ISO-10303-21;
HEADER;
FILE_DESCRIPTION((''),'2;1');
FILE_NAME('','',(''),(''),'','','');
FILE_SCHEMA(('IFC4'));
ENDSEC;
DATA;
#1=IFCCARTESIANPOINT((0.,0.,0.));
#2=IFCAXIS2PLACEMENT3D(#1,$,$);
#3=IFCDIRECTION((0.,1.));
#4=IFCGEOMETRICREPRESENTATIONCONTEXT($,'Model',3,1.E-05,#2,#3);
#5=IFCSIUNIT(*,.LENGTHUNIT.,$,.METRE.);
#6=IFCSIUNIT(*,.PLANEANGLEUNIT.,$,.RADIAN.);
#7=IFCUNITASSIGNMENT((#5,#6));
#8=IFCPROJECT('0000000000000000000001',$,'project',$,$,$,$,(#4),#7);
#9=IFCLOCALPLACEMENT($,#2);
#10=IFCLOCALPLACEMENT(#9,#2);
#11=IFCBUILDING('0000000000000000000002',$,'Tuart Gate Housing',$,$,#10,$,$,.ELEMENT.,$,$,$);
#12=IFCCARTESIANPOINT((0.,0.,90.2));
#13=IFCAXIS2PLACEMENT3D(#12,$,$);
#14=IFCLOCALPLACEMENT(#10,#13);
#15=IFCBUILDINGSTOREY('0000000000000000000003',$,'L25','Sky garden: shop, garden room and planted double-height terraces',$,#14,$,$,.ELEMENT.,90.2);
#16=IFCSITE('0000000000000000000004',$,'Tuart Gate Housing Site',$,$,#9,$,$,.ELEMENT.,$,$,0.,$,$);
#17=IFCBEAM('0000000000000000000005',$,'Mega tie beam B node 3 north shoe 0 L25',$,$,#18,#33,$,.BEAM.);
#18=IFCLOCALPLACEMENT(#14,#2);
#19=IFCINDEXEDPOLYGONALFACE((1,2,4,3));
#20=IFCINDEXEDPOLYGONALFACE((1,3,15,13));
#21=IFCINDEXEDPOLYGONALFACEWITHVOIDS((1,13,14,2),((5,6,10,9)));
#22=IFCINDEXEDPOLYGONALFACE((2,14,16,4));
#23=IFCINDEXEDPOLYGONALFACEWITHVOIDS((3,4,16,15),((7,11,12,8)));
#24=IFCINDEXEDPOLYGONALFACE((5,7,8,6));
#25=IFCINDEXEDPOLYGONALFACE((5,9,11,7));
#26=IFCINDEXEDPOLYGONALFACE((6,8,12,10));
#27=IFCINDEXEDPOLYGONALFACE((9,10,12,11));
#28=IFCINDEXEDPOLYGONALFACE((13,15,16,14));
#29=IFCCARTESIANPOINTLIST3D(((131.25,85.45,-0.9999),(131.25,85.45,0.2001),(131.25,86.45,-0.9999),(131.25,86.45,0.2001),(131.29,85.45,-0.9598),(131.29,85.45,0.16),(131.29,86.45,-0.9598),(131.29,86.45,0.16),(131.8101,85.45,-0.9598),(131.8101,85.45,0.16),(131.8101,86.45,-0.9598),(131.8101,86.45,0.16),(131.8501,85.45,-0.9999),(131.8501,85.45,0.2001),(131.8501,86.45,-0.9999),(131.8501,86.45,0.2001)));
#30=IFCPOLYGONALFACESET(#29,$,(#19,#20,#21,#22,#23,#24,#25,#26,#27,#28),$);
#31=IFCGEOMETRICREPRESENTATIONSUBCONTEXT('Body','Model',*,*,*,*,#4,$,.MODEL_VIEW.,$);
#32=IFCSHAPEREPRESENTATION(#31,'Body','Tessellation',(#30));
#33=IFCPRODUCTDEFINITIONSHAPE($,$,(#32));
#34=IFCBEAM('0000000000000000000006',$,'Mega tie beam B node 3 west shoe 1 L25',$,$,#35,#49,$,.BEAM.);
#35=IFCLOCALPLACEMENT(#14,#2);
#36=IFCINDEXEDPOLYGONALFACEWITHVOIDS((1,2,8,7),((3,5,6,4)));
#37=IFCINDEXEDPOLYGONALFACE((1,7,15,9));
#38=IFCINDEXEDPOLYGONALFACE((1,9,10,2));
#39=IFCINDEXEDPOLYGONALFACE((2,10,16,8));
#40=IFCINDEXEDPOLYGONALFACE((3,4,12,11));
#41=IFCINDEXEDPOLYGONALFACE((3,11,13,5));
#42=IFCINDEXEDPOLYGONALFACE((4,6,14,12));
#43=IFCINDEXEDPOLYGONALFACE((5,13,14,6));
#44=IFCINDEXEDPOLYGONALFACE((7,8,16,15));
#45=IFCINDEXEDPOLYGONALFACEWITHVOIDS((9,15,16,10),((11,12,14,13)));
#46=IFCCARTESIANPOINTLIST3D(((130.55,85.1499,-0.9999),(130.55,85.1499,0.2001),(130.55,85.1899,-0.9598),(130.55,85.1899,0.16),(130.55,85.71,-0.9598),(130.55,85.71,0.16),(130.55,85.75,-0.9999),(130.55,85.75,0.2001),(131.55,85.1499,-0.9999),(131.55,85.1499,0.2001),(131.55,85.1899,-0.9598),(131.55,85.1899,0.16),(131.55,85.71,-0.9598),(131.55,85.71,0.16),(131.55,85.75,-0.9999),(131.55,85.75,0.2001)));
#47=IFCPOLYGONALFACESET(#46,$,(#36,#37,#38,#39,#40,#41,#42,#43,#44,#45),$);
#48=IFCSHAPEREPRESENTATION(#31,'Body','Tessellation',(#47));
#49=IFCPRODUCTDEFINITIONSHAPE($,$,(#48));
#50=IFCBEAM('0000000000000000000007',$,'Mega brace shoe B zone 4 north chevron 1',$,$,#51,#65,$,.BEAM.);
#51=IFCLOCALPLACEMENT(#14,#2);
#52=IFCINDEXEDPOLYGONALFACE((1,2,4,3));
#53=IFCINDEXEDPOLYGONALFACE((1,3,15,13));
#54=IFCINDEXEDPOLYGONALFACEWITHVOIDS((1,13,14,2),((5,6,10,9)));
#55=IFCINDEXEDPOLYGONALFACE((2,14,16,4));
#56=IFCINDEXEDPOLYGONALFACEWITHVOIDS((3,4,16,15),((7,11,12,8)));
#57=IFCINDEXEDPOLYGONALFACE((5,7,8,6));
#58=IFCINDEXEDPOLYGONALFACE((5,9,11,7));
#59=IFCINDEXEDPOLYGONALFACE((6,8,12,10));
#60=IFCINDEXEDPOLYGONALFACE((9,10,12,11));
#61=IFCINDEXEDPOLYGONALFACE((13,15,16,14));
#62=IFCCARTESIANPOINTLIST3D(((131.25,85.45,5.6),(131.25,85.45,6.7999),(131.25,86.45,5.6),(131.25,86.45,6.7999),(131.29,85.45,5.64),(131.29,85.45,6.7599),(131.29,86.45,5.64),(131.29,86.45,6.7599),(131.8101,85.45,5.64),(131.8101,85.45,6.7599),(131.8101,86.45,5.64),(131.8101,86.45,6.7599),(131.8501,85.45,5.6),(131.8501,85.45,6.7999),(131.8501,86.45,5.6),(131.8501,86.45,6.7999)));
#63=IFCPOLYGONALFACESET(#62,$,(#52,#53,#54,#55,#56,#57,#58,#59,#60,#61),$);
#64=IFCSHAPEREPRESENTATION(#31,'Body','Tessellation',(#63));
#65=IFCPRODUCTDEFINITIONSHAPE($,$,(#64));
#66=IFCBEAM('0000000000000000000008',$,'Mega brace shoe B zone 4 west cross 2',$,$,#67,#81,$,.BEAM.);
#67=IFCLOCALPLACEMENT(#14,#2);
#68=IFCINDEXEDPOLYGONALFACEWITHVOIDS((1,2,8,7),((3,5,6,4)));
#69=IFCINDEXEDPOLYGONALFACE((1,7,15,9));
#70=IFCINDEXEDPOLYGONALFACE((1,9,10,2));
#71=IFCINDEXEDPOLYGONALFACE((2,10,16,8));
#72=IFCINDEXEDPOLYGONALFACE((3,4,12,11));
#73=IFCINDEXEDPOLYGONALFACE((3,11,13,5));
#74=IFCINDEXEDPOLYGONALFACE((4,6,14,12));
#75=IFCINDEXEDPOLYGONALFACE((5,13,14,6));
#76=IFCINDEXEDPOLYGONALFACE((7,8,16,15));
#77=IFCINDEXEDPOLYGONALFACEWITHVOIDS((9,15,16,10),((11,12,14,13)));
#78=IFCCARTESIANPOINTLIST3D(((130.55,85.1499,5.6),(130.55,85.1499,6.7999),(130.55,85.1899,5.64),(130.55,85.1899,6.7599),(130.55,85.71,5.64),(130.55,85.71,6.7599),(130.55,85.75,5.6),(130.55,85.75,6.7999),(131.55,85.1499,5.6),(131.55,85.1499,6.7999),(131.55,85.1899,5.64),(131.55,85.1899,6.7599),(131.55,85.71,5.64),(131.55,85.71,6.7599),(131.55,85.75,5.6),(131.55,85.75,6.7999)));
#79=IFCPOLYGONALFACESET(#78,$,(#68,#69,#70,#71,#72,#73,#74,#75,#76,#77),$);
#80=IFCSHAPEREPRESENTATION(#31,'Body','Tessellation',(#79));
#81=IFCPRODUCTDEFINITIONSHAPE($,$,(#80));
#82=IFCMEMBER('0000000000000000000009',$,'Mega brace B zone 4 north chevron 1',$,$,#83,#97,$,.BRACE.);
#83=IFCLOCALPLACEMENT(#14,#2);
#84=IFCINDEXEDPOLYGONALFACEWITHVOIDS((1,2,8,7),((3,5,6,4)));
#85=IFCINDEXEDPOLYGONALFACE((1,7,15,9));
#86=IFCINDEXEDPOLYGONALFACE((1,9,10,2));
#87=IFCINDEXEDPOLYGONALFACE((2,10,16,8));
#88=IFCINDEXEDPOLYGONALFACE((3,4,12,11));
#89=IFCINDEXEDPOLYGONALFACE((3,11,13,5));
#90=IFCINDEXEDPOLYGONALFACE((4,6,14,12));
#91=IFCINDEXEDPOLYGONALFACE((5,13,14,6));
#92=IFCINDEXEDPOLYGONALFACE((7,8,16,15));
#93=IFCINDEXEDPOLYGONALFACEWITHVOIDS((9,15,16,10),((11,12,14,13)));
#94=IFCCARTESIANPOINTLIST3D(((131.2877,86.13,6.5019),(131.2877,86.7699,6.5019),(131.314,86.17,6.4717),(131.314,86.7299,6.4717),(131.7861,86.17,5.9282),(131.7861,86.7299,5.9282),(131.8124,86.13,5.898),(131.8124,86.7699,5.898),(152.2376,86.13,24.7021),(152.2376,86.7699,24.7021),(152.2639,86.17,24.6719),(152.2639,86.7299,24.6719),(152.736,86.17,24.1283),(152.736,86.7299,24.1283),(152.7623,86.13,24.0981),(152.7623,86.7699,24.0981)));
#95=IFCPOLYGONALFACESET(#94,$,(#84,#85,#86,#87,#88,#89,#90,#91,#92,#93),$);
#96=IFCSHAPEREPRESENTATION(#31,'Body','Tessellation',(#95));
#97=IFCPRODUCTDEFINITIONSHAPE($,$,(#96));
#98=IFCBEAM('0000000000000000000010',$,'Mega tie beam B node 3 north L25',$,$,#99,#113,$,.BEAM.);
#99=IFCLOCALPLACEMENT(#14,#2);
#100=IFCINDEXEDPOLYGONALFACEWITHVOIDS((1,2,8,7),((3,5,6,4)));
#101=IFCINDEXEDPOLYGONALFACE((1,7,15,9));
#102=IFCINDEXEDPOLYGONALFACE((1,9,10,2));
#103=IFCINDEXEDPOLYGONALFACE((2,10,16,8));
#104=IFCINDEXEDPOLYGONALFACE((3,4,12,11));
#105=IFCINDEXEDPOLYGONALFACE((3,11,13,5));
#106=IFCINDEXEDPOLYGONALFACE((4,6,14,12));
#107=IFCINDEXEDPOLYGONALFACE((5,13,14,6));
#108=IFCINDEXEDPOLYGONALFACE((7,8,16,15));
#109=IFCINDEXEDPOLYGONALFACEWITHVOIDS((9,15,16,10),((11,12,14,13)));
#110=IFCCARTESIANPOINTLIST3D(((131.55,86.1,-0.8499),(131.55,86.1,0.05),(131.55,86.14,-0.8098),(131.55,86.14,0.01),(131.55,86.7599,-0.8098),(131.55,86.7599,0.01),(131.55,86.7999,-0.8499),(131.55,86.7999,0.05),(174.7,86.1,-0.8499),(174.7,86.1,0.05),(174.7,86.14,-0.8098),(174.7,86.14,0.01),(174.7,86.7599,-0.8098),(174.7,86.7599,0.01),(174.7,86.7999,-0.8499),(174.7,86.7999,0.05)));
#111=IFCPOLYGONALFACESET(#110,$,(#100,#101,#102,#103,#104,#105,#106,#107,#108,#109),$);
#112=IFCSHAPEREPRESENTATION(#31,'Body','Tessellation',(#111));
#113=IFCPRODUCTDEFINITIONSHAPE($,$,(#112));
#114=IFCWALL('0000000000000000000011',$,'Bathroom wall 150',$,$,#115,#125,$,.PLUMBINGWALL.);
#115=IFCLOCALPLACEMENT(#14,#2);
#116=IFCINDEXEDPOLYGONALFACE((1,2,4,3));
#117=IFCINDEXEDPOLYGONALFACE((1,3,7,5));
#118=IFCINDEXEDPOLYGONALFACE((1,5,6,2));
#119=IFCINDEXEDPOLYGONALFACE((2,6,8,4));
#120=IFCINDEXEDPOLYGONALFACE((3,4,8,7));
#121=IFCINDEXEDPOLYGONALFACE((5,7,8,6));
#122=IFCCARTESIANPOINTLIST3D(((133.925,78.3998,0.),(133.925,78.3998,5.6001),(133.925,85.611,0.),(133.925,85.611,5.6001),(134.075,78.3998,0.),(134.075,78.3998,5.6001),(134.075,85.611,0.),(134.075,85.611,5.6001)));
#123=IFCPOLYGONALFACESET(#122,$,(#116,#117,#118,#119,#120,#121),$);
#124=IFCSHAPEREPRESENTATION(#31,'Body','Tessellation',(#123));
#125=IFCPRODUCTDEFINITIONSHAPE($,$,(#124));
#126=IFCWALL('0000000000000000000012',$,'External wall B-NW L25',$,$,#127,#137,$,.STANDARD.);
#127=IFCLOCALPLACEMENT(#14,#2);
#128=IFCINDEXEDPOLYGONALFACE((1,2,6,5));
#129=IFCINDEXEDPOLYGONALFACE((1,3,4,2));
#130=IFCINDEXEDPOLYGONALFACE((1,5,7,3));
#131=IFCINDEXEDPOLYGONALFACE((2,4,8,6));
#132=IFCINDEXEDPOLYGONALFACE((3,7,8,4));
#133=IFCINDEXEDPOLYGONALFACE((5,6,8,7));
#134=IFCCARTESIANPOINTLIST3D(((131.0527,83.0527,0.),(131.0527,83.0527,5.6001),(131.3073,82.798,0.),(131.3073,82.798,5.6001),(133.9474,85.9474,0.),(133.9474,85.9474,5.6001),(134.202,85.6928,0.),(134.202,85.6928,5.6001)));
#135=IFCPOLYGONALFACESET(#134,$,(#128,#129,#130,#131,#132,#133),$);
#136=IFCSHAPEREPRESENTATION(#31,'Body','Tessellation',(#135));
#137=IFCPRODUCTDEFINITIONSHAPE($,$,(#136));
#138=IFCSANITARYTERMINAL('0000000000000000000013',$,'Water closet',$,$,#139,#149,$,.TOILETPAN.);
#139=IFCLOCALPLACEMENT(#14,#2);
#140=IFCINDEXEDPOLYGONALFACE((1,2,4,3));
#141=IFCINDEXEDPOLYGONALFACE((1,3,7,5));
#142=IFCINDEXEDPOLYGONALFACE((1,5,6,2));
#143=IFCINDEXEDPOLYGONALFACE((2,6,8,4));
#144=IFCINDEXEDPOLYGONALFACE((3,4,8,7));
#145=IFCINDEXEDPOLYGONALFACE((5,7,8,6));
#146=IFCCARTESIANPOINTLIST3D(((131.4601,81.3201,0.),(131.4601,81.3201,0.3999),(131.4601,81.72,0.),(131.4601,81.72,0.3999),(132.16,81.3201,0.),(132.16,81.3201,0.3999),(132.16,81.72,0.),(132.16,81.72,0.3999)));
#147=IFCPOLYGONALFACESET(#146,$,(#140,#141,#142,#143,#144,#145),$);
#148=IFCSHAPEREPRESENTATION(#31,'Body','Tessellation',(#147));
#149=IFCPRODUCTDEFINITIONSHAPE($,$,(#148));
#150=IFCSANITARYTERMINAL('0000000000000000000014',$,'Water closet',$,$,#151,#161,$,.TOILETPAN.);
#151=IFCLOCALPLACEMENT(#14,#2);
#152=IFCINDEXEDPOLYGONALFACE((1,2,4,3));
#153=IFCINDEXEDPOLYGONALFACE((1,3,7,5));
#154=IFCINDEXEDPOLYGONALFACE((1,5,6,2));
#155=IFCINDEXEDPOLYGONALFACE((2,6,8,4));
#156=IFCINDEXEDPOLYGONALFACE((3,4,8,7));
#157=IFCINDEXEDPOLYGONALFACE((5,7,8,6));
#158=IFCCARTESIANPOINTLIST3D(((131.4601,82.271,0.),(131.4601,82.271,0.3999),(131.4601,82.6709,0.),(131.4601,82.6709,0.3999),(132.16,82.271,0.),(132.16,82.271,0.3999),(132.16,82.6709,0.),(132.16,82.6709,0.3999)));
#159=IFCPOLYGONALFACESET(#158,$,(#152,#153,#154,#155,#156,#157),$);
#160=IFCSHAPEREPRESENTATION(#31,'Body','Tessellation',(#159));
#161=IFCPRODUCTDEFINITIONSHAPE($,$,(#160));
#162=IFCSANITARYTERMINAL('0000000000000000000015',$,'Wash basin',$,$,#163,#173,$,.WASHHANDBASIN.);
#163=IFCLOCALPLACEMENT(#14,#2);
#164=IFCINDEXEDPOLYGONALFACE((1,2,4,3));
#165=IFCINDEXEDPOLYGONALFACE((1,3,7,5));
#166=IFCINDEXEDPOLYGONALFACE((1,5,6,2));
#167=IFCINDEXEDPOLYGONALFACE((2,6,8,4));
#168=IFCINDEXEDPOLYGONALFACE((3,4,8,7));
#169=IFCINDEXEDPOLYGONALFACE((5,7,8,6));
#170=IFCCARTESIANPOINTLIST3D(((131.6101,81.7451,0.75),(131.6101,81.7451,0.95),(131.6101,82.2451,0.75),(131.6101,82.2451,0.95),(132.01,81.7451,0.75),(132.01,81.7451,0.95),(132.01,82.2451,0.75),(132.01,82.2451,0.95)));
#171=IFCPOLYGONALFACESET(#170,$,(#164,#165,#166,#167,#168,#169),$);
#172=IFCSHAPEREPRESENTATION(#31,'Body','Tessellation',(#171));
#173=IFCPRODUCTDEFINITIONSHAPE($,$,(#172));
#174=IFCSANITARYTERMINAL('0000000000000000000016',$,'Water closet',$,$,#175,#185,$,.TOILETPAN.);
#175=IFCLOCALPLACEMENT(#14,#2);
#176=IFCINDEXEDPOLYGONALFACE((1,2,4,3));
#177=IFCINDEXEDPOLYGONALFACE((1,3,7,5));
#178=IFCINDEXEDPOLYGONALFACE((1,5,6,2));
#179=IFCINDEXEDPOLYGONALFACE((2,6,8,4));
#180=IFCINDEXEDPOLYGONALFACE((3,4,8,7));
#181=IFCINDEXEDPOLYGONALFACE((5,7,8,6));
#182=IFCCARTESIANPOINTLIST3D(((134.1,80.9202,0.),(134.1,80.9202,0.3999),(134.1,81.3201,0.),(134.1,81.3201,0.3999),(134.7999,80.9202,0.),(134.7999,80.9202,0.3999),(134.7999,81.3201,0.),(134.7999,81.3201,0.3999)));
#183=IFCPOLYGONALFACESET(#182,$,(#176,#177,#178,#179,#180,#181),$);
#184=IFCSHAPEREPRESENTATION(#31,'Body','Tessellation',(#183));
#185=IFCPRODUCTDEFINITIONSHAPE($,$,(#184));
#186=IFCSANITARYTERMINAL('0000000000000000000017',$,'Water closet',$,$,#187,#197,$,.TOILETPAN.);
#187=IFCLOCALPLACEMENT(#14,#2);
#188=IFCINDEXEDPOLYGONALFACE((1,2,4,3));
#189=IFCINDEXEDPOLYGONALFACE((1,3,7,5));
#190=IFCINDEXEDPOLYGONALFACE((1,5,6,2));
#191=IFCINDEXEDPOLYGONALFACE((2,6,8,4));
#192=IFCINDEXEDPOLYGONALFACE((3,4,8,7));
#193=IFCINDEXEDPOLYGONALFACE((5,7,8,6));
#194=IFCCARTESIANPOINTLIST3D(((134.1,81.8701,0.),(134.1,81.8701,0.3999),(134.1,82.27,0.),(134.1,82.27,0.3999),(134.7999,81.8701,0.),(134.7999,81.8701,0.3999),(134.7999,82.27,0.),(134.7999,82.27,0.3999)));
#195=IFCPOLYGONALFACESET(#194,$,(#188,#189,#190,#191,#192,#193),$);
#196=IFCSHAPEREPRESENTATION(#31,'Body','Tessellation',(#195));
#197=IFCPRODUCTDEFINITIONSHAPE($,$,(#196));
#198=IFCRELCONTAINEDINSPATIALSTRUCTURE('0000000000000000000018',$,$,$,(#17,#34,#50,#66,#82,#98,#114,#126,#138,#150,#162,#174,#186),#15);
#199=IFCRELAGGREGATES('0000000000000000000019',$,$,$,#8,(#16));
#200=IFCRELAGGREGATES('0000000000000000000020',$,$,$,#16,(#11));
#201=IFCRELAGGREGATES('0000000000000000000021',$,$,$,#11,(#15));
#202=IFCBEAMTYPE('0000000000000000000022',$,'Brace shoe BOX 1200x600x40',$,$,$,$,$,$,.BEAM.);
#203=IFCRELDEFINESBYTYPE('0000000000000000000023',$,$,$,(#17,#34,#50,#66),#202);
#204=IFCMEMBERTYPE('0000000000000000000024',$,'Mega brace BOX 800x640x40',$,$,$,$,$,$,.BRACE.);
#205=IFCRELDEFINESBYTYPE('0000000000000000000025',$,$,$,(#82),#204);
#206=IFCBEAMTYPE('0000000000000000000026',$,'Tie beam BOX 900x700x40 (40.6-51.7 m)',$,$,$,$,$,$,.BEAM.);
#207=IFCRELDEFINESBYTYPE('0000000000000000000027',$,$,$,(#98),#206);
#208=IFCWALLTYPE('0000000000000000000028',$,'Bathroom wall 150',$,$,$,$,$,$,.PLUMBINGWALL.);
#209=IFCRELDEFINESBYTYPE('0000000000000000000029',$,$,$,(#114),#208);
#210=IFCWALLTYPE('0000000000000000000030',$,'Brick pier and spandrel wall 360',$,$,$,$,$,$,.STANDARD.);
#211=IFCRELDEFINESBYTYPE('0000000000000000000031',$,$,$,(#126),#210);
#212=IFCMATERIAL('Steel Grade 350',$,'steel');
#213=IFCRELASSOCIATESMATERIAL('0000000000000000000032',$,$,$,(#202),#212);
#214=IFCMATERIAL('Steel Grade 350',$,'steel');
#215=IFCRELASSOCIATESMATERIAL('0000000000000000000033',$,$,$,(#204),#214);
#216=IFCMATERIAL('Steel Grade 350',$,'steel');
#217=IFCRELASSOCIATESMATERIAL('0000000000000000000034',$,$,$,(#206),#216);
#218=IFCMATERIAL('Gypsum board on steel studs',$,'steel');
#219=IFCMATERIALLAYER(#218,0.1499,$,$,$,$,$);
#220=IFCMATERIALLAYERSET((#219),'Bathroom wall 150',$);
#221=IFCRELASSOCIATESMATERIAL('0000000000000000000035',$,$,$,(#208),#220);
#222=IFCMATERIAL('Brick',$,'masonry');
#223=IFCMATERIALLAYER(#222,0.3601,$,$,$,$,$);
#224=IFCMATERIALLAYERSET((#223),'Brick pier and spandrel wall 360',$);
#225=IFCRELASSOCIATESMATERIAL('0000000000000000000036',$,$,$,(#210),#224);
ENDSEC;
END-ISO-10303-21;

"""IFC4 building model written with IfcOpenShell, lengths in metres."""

from ifc_helpers import new_model, si_unit, direction, frame, frame_2d, origin, origin_2d, place, context, subcontext, project, spatial, rectangle, hollow_rectangle, extrude, material, layer, layer_set, material_profile, profile_set, type_object, element, save


model = new_model("IFC4")

# Units and contexts
model_context = context("Model", 3, precision=1e-05, world=origin(), true_north=direction((0.0, 1.0)))
body_context = subcontext(model_context, "Body", "Model", "MODEL_VIEW")
ifc_project = project(units=[si_unit("LENGTHUNIT", "METRE"), si_unit("PLANEANGLEUNIT", "RADIAN")], contexts=[model_context])

# Site, building, storey
site_placement = place(None, origin())
site = spatial("IfcSite", under=ifc_project, at=site_placement, Name="Tuart Gate Housing Site", CompositionType="ELEMENT", RefElevation=0.0)
building_placement = place(site_placement, origin())
building = spatial("IfcBuilding", under=site, at=building_placement, Name="Tuart Gate Housing", CompositionType="ELEMENT")
storey_placement = place(building_placement, frame((0.0, 0.0, 90.2)))
storey = spatial("IfcBuildingStorey", under=building, at=storey_placement, Name="L25", Description="Sky garden: shop, garden room and planted double-height terraces", CompositionType="ELEMENT", Elevation=90.2)

# Beams
ifc_material_1 = material(Name="Steel Grade 350", Category="steel")
ifc_material_profile_1 = material_profile(ifc_material_1, hollow_rectangle(XDim=0.6001, YDim=1.2, WallThickness=0.04, at=origin_2d()), Name="BOX 1200x600x40")
ifc_profile_set_1 = profile_set([ifc_material_profile_1], Name="Steel Grade 350")
beam_type_1 = type_object("IfcBeamType", Name="Brace shoe BOX 1200x600x40", PredefinedType="BEAM", material=ifc_profile_set_1)
for number, where, z_axis, x_axis, name in (
    (1, (131.55, 85.45, -0.3999), (0.0, 1.0, 0.0), (-1.0, 0.0, 0.0), "Mega tie beam B node 3 north shoe 0 L25"),
    (2, (131.55, 85.45, -0.3999), (-1.0, 0.0, 0.0), (0.0, -1.0, 0.0), "Mega tie beam B node 3 west shoe 1 L25"),
    (3, (131.55, 85.45, 6.2), (0.0, 1.0, 0.0), (-1.0, 0.0, 0.0), "Mega brace shoe B zone 4 north chevron 1"),
    (4, (131.55, 85.45, 6.2), (-1.0, 0.0, 0.0), (0.0, -1.0, 0.0), "Mega brace shoe B zone 4 west cross 2"),
):
    element("IfcBeam", number, at=place(storey_placement, frame(where, z_axis=z_axis, x_axis=x_axis)), inside=storey, type_object=beam_type_1, Name=name, PredefinedType="BEAM", context=body_context, shape_type="SweptSolid", body=[
        extrude(hollow_rectangle(XDim=0.6001, YDim=1.2, WallThickness=0.04, at=origin_2d()), origin(), (0.0, 0.0, 1.0), 1.0),
    ])

# Member
ifc_material_2 = material(Name="Steel Grade 350", Category="steel")
ifc_material_profile_2 = material_profile(ifc_material_2, hollow_rectangle(XDim=0.6399, YDim=0.8, WallThickness=0.04, at=origin_2d()), Name="BOX 800x640x40")
ifc_profile_set_2 = profile_set([ifc_material_profile_2], Name="Steel Grade 350")
member_type = type_object("IfcMemberType", Name="Mega brace BOX 800x640x40", PredefinedType="BRACE", material=ifc_profile_set_2)
member_placement = place(storey_placement, frame((131.55, 86.45, 6.2), z_axis=(0.754912, 0.0, 0.655827), x_axis=(0.0, 1.0, 0.0)))
element("IfcMember", 5, at=member_placement, inside=storey, type_object=member_type, Name="Mega brace B zone 4 north chevron 1", PredefinedType="BRACE", context=body_context, shape_type="SweptSolid", body=[
    extrude(hollow_rectangle(XDim=0.6399, YDim=0.8, WallThickness=0.04, at=origin_2d()), origin(), (0.0, 0.0, 1.0), 27.7515),
])

# Beam
ifc_material_3 = material(Name="Steel Grade 350", Category="steel")
ifc_material_profile_3 = material_profile(ifc_material_3, hollow_rectangle(XDim=0.7, YDim=0.8999, WallThickness=0.04, at=origin_2d()), Name="BOX 900x700x40")
ifc_profile_set_3 = profile_set([ifc_material_profile_3], Name="Steel Grade 350")
beam_type_2 = type_object("IfcBeamType", Name="Tie beam BOX 900x700x40 (40.6-51.7 m)", PredefinedType="BEAM", material=ifc_profile_set_3)
beam_placement = place(storey_placement, frame((131.55, 86.45, -0.3999), z_axis=(1.0, 0.0, 0.0), x_axis=(0.0, 1.0, 0.0)))
element("IfcBeam", 6, at=beam_placement, inside=storey, type_object=beam_type_2, Name="Mega tie beam B node 3 north L25", PredefinedType="BEAM", context=body_context, shape_type="SweptSolid", body=[
    extrude(hollow_rectangle(XDim=0.7, YDim=0.8999, WallThickness=0.04, at=origin_2d()), origin(), (0.0, 0.0, 1.0), 43.1499),
])

# Walls
ifc_material_4 = material(Name="Gypsum board on steel studs", Category="steel")
ifc_layer_1 = layer(ifc_material_4, 0.1499)
ifc_layer_set_1 = layer_set([ifc_layer_1], Name="Bathroom wall 150")
wall_type_1 = type_object("IfcWallType", Name="Bathroom wall 150", PredefinedType="PLUMBINGWALL", material=ifc_layer_set_1)
wall_1_placement = place(storey_placement, frame((134.0, 78.3999, 0.0), z_axis=(0.0, 0.0, 1.0), x_axis=(0.0, 1.0, 0.0)))
element("IfcWall", 7, at=wall_1_placement, inside=storey, type_object=wall_type_1, Name="Bathroom wall 150", PredefinedType="PLUMBINGWALL", context=body_context, shape_type="SweptSolid", body=[
    extrude(rectangle(XDim=7.2112, YDim=0.1499, at=frame_2d((3.6055, 0.0))), origin(), (0.0, 0.0, 1.0), 5.6001),
])
ifc_material_5 = material(Name="Brick", Category="masonry")
ifc_layer_2 = layer(ifc_material_5, 0.3601)
ifc_layer_set_2 = layer_set([ifc_layer_2], Name="Brick pier and spandrel wall 360")
wall_type_2 = type_object("IfcWallType", Name="Brick pier and spandrel wall 360", PredefinedType="STANDARD", material=ifc_layer_set_2)
wall_2_placement = place(storey_placement, frame((134.0747, 85.8201, 0.0), z_axis=(0.0, 0.0, 1.0), x_axis=(-0.707107, -0.707107, 0.0)))
element("IfcWall", 8, at=wall_2_placement, inside=storey, type_object=wall_type_2, Name="External wall B-NW L25", PredefinedType="STANDARD", context=body_context, shape_type="SweptSolid", body=[
    extrude(rectangle(XDim=4.0938, YDim=0.3601, at=frame_2d((2.0469, 0.0))), origin(), (0.0, 0.0, 1.0), 5.6001),
])

# Sanitary terminals
for number, where, z_axis, x_axis, name in (
    (9, (131.8101, 81.52, 0.0), (0.0, 0.0, 1.0), (1.0, 0.0, 0.0), "Water closet"),
    (10, (131.8101, 82.4709, 0.0), (0.0, 0.0, 1.0), (1.0, 0.0, 0.0), "Water closet"),
):
    element("IfcSanitaryTerminal", number, at=place(storey_placement, frame(where, z_axis=z_axis, x_axis=x_axis)), inside=storey, Name=name, PredefinedType="TOILETPAN", context=body_context, shape_type="SweptSolid", body=[
        extrude(rectangle(XDim=0.7, YDim=0.3999, at=origin_2d()), origin(), (0.0, 0.0, 1.0), 0.3999),
    ])
sanitary_terminal_placement = place(storey_placement, frame((131.8101, 81.9951, 0.75), z_axis=(0.0, 0.0, 1.0), x_axis=(1.0, 0.0, 0.0)))
element("IfcSanitaryTerminal", 11, at=sanitary_terminal_placement, inside=storey, Name="Wash basin", PredefinedType="WASHHANDBASIN", context=body_context, shape_type="SweptSolid", body=[
    extrude(rectangle(XDim=0.3999, YDim=0.5, at=origin_2d()), origin(), (0.0, 0.0, 1.0), 0.2),
])
for number, where, z_axis, x_axis, name in (
    (12, (134.45, 81.1201, 0.0), (0.0, 0.0, 1.0), (1.0, 0.0, 0.0), "Water closet"),
    (13, (134.45, 82.0701, 0.0), (0.0, 0.0, 1.0), (1.0, 0.0, 0.0), "Water closet"),
):
    element("IfcSanitaryTerminal", number, at=place(storey_placement, frame(where, z_axis=z_axis, x_axis=x_axis)), inside=storey, Name=name, PredefinedType="TOILETPAN", context=body_context, shape_type="SweptSolid", body=[
        extrude(rectangle(XDim=0.7, YDim=0.3999, at=origin_2d()), origin(), (0.0, 0.0, 1.0), 0.3999),
    ])

save(model, "model.ifc")
